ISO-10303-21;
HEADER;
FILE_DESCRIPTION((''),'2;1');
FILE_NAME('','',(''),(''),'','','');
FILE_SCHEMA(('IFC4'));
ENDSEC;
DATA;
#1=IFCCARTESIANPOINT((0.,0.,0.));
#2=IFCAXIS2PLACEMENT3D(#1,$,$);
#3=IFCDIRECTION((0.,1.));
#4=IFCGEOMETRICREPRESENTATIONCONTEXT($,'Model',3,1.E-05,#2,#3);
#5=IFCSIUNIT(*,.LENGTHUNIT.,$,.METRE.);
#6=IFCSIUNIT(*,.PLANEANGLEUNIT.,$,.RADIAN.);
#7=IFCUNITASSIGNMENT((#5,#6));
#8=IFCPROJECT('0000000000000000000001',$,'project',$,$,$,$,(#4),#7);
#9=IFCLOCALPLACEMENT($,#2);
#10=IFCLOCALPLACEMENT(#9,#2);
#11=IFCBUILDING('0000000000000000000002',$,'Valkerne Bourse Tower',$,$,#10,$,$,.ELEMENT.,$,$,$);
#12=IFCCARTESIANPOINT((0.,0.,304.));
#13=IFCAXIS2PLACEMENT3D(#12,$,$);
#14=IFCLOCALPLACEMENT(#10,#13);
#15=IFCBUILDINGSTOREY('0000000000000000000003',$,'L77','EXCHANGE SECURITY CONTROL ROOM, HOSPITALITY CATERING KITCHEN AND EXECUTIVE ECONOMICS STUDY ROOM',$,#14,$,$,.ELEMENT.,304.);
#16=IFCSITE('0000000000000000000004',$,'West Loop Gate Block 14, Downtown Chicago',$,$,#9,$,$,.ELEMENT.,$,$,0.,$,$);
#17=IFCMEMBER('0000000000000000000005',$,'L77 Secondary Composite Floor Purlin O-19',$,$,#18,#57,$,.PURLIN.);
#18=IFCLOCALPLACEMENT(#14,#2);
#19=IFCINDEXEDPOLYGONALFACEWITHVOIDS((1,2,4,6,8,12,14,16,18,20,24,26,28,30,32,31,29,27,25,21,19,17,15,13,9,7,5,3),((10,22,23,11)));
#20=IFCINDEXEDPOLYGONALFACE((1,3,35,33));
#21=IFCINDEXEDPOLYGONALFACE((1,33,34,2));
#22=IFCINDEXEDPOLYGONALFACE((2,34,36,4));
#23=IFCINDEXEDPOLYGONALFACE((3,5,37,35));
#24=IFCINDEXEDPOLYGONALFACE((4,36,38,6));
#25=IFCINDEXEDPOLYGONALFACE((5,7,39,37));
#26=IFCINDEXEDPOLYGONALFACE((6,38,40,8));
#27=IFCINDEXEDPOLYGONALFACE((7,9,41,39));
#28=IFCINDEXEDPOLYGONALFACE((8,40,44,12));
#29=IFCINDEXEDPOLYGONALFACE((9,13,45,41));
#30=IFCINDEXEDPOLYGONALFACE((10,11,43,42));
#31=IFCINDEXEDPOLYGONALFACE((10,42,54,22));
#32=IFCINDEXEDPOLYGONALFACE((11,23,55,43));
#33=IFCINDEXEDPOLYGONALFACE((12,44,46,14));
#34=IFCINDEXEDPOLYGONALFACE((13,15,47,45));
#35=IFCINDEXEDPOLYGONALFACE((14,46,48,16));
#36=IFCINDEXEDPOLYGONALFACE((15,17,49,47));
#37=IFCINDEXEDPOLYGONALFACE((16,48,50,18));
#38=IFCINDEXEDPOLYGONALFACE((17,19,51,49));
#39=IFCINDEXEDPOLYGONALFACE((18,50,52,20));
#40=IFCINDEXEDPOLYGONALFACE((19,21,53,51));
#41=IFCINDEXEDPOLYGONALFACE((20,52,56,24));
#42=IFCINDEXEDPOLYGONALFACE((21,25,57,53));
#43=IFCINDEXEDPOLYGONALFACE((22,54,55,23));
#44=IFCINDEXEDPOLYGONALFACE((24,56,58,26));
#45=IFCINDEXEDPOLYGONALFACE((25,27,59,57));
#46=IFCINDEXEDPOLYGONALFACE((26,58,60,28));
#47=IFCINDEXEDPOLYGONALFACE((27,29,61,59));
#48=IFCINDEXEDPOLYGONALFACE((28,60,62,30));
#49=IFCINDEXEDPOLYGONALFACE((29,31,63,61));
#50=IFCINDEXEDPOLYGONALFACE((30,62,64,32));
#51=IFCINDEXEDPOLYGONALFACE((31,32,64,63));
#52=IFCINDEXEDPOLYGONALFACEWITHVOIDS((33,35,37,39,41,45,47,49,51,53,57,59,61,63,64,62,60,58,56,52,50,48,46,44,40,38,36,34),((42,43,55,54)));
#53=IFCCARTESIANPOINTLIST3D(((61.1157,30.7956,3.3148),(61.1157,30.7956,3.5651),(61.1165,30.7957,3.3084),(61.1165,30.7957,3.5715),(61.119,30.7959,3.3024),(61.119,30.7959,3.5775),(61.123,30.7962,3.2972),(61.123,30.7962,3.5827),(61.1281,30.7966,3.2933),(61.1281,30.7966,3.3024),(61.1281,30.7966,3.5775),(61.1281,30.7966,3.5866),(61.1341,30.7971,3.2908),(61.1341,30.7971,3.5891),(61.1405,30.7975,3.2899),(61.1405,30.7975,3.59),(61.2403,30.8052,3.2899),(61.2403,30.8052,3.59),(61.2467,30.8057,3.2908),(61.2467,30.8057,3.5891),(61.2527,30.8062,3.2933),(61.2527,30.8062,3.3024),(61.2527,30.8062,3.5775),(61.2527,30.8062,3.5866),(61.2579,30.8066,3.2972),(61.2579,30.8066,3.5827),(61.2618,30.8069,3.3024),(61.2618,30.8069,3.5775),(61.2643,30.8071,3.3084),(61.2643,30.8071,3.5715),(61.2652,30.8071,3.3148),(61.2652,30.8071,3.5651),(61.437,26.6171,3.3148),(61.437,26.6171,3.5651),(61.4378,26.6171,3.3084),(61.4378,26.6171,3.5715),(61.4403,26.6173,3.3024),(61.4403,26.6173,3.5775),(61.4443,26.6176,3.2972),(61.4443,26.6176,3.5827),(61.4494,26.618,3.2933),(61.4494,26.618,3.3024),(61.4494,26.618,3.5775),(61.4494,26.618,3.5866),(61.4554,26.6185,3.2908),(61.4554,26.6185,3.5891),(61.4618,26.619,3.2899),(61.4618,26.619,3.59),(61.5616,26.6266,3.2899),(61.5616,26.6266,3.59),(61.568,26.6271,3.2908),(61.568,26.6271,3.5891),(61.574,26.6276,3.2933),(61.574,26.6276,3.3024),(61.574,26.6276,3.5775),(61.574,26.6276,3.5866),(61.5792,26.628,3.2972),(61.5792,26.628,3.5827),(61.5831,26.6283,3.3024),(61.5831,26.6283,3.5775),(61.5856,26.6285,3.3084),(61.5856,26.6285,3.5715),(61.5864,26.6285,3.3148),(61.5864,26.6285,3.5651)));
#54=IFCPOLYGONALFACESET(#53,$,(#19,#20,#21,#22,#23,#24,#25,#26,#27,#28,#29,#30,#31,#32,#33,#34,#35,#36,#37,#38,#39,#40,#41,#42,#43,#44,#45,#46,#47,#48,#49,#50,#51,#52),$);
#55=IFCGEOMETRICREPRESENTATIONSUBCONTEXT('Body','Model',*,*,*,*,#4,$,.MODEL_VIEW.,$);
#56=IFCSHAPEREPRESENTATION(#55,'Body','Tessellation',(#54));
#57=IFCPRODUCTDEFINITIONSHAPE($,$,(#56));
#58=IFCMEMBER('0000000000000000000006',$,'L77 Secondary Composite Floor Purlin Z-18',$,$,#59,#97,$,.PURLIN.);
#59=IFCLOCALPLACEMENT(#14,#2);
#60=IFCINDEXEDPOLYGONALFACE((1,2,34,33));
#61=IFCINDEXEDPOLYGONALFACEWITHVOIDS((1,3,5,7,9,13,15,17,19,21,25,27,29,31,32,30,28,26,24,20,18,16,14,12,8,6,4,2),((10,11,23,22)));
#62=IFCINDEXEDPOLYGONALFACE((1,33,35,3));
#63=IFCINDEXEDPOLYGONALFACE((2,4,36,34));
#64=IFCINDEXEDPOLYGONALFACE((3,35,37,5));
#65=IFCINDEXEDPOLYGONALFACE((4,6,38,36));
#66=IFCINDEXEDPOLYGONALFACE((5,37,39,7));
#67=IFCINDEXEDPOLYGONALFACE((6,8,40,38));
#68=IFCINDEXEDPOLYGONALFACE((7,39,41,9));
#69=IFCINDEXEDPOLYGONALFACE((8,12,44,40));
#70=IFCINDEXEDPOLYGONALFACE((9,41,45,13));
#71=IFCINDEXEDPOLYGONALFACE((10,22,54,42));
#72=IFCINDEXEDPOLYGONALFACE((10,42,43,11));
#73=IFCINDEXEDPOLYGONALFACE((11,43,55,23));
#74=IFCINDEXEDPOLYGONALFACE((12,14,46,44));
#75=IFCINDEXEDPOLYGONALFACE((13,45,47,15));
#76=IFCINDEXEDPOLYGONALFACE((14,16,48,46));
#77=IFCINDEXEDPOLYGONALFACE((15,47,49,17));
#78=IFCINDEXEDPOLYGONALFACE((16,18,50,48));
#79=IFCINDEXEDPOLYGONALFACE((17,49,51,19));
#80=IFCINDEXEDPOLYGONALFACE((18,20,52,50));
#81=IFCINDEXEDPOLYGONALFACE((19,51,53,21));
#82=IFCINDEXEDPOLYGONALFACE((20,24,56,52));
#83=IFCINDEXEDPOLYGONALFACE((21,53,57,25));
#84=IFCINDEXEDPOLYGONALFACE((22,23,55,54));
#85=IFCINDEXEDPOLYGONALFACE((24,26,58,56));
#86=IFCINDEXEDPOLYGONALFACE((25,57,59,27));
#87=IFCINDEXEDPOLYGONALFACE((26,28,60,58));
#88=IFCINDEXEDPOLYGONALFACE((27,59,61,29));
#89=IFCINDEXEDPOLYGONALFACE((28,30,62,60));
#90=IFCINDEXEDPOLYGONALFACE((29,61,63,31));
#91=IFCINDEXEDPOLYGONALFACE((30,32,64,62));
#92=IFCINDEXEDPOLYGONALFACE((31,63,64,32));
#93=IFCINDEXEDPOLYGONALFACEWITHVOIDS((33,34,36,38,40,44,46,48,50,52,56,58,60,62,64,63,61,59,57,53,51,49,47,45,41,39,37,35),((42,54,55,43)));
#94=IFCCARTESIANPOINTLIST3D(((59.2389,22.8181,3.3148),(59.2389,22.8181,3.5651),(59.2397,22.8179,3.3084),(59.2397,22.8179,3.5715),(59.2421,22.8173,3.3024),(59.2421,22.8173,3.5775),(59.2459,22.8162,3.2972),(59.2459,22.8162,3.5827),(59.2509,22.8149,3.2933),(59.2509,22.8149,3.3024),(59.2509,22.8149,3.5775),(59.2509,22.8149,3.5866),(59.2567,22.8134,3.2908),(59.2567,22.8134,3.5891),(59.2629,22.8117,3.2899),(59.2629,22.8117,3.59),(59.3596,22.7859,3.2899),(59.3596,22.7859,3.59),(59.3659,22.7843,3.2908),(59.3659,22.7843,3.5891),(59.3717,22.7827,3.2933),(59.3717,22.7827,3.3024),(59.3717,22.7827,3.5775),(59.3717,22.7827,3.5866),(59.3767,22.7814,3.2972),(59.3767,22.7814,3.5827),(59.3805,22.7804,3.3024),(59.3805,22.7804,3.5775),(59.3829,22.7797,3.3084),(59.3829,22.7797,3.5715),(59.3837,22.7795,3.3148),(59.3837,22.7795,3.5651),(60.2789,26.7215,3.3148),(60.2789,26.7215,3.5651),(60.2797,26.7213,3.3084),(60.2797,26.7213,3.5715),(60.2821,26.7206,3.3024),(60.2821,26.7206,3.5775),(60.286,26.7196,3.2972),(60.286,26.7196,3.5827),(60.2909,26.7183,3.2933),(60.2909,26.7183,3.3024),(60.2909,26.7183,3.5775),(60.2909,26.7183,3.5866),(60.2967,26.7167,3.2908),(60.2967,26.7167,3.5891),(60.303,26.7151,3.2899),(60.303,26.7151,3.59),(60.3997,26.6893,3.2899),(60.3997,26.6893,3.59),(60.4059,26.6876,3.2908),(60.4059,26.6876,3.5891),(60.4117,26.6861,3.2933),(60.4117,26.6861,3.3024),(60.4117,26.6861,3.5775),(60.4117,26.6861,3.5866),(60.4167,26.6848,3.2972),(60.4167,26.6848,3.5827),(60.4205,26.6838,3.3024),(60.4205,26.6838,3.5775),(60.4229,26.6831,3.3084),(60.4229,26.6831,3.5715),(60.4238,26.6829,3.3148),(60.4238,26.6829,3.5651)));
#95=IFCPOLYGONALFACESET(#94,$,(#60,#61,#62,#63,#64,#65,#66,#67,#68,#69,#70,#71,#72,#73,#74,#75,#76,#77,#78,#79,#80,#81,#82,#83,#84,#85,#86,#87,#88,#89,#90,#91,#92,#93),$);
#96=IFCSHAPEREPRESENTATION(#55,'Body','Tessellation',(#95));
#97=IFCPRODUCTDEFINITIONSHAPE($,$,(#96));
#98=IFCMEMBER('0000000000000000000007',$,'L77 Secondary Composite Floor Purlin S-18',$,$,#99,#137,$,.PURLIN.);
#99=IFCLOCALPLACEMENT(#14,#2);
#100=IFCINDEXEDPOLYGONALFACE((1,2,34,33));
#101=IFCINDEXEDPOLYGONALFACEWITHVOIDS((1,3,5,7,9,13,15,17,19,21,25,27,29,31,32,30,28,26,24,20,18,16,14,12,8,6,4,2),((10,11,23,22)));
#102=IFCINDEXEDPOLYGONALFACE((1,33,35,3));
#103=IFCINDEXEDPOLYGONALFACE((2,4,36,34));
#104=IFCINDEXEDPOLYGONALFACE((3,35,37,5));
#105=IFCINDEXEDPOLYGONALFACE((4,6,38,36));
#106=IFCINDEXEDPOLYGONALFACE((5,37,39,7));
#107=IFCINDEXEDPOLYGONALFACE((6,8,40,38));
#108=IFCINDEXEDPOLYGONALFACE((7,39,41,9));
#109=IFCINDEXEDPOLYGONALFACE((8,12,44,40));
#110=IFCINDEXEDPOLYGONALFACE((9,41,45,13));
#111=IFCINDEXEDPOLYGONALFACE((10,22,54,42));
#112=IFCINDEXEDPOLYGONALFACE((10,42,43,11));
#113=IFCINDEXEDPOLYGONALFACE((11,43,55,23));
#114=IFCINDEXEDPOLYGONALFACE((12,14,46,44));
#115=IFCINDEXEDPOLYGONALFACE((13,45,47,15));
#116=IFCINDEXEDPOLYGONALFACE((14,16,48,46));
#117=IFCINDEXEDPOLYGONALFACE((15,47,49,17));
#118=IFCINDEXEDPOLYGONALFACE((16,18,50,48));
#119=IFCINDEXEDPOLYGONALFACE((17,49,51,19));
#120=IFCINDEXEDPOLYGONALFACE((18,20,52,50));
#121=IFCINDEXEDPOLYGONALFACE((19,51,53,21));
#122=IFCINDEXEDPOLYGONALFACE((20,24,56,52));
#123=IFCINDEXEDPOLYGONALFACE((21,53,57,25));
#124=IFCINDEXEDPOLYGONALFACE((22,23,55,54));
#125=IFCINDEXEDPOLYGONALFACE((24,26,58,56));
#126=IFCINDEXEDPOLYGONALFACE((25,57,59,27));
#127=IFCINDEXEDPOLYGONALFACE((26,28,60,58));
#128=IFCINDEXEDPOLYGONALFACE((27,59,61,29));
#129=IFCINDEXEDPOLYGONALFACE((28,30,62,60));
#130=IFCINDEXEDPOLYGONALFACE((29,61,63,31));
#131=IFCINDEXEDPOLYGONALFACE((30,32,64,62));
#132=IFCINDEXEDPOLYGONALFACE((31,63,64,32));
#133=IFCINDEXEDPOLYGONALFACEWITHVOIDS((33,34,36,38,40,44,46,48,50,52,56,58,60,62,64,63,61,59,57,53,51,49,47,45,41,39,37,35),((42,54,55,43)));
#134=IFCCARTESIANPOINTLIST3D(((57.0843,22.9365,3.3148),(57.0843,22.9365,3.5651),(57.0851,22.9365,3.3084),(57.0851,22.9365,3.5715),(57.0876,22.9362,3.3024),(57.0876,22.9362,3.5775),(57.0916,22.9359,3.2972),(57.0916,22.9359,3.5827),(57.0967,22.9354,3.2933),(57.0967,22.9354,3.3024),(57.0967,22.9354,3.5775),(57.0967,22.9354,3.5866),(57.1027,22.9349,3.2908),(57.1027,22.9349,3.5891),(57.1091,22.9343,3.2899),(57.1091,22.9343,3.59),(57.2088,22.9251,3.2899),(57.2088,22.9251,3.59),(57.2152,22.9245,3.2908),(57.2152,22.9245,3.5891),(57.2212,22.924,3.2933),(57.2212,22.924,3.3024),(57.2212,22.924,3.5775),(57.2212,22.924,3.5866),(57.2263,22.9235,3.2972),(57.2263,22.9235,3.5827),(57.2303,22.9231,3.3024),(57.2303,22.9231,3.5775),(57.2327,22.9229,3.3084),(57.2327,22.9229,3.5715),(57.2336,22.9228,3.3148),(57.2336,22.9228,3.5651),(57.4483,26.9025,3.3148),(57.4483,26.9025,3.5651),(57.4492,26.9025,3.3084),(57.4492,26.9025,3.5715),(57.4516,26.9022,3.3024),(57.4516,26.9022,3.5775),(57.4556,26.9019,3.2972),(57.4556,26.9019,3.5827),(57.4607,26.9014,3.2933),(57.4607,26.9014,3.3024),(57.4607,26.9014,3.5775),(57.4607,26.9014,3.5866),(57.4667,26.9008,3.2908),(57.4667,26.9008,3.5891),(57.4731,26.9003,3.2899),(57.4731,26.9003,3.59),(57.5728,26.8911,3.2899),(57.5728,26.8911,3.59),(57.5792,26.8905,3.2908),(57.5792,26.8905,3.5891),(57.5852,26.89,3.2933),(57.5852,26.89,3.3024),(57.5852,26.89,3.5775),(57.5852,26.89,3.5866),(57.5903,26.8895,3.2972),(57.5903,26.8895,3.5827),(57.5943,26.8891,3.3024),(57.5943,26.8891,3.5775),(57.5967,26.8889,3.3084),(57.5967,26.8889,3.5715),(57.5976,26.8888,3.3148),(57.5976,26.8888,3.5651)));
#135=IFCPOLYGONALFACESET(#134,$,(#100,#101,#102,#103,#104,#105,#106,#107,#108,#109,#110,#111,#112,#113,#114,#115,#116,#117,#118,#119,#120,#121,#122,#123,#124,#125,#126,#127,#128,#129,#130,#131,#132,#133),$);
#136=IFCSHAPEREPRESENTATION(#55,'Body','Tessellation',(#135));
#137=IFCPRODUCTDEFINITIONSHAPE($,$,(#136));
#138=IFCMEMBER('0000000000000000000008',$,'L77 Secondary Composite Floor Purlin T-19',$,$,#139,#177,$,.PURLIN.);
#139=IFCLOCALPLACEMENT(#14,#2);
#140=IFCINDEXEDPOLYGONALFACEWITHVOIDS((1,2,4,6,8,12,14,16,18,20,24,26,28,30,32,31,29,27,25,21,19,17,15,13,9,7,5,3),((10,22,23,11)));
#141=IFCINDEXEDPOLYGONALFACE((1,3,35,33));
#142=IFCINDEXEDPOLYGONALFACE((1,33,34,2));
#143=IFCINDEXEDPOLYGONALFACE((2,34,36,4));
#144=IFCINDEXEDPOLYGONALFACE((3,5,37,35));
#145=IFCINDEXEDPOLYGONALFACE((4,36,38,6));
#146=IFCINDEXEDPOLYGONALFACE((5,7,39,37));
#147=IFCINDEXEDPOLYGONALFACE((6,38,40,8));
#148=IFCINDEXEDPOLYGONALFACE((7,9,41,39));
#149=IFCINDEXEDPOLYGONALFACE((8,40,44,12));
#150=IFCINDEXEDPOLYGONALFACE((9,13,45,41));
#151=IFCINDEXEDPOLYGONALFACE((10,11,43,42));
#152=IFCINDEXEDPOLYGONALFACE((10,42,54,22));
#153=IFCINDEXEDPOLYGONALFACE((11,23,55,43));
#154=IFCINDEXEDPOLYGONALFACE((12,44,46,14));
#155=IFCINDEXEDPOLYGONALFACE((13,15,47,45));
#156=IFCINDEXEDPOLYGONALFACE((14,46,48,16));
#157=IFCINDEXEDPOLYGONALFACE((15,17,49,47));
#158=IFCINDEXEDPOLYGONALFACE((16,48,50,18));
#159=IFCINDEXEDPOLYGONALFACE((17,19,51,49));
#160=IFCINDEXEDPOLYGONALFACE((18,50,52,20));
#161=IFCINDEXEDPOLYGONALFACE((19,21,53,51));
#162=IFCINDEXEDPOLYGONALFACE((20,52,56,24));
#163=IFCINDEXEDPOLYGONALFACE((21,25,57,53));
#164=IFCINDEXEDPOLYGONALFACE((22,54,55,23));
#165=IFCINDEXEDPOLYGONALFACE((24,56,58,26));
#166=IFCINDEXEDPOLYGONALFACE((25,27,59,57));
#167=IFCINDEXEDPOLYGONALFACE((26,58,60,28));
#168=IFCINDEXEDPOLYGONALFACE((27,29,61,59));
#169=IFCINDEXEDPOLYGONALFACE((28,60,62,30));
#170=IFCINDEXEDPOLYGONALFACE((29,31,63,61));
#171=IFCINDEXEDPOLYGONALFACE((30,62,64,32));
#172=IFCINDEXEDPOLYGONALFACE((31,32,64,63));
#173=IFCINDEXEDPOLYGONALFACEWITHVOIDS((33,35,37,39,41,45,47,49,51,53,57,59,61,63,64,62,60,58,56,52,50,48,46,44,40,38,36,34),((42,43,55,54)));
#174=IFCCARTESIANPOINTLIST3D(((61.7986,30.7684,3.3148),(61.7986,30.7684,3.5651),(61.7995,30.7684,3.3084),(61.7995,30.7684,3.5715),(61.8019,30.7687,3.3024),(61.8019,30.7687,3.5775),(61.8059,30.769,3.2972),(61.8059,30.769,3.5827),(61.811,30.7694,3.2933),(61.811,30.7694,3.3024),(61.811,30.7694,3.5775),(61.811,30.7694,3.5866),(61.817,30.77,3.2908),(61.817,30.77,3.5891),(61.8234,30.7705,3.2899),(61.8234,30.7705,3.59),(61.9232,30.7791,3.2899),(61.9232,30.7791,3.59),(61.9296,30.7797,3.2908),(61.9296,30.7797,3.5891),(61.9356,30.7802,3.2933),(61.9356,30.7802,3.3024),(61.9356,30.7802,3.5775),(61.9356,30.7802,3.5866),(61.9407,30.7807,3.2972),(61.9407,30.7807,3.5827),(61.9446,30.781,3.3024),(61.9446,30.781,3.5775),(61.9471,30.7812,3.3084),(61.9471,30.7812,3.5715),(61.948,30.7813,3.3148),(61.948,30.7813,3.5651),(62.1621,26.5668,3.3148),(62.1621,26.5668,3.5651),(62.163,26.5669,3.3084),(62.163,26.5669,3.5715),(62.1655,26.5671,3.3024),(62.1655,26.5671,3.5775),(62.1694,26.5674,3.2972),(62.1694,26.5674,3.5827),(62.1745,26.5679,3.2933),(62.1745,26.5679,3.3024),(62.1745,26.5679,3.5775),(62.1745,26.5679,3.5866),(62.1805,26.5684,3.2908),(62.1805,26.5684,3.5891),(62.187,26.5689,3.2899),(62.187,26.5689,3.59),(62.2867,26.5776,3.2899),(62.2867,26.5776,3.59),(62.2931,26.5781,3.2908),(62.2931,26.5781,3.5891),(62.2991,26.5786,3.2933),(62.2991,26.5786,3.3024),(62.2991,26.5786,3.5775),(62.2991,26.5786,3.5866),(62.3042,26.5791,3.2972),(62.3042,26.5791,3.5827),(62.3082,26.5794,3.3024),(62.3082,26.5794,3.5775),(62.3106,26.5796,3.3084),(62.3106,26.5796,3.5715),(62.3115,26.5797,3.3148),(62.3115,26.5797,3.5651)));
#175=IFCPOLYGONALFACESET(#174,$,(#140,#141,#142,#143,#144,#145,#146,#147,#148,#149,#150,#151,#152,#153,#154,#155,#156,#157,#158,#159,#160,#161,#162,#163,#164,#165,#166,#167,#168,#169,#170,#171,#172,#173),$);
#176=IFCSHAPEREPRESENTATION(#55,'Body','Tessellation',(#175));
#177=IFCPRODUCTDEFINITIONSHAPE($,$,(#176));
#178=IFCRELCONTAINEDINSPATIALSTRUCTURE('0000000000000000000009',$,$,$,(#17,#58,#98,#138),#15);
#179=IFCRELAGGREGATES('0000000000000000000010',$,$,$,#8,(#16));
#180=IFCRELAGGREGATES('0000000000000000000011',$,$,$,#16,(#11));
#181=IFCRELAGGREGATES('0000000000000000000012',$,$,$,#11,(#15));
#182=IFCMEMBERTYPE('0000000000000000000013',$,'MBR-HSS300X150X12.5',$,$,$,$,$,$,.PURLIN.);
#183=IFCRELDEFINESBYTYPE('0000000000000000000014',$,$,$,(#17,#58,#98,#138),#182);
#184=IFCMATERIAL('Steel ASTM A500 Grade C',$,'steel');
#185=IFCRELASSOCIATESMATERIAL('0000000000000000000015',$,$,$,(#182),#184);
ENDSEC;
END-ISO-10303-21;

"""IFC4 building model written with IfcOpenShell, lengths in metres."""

from ifc_helpers import new_model, si_unit, direction, frame, origin, origin_2d, place, context, subcontext, project, spatial, hollow_rectangle, extrude, material, material_profile, profile_set, type_object, element, save


model = new_model("IFC4")

# Units and contexts
model_context = context("Model", 3, precision=1e-05, world=origin(), true_north=direction((0.0, 1.0)))
body_context = subcontext(model_context, "Body", "Model", "MODEL_VIEW")
ifc_project = project(units=[si_unit("LENGTHUNIT", "METRE"), si_unit("PLANEANGLEUNIT", "RADIAN")], contexts=[model_context])

# Site, building, storey
site_placement = place(None, origin())
site = spatial("IfcSite", under=ifc_project, at=site_placement, Name="West Loop Gate Block 14, Downtown Chicago", CompositionType="ELEMENT", RefElevation=0.0)
building_placement = place(site_placement, origin())
building = spatial("IfcBuilding", under=site, at=building_placement, Name="Valkerne Bourse Tower", CompositionType="ELEMENT")
storey_placement = place(building_placement, frame((0.0, 0.0, 304.0)))
storey = spatial("IfcBuildingStorey", under=building, at=storey_placement, Name="L77", Description="EXCHANGE SECURITY CONTROL ROOM, HOSPITALITY CATERING KITCHEN AND EXECUTIVE ECONOMICS STUDY ROOM", CompositionType="ELEMENT", Elevation=304.0)

# Shared definitions
ifc_material_1 = material(Name="Steel ASTM A500 Grade C", Category="steel")

# Members
ifc_material_profile_1 = material_profile(ifc_material_1, hollow_rectangle(XDim=0.1499, YDim=0.3, WallThickness=0.0125, OuterFilletRadius=0.0249, at=origin_2d()), Name="HSS300X150X12.5")
ifc_profile_set_1 = profile_set([ifc_material_profile_1], Name="Steel ASTM A500 Grade C")
member_type_1 = type_object("IfcMemberType", Name="MBR-HSS300X150X12.5", PredefinedType="PURLIN", material=ifc_profile_set_1)
member_1_placement = place(storey_placement, frame((61.5117, 26.6228, 3.4399), z_axis=(-0.076665, 0.997057, 0.0), x_axis=(-0.997057, -0.076665, 0.0)))
element("IfcMember", 1, at=member_1_placement, inside=storey, type_object=member_type_1, Name="L77 Secondary Composite Floor Purlin O-19", PredefinedType="PURLIN", context=body_context, shape_type="SweptSolid", body=[
    extrude(hollow_rectangle(XDim=0.1499, YDim=0.3, WallThickness=0.0125, OuterFilletRadius=0.0249, at=origin_2d()), origin(), (0.0, 0.0, 1.0), 4.1909),
])
member_2_placement = place(storey_placement, frame((59.3113, 22.7988, 3.4399), z_axis=(0.257467, 0.966287, 0.0), x_axis=(-0.966287, 0.257467, 0.0)))
element("IfcMember", 2, at=member_2_placement, inside=storey, type_object=member_type_1, Name="L77 Secondary Composite Floor Purlin Z-18", PredefinedType="PURLIN", context=body_context, shape_type="SweptSolid", body=[
    extrude(hollow_rectangle(XDim=0.1499, YDim=0.3, WallThickness=0.0125, OuterFilletRadius=0.0249, at=origin_2d()), origin(), (0.0, 0.0, 1.0), 4.0396),
])
member_3_placement = place(storey_placement, frame((57.1589, 22.9297, 3.4399), z_axis=(0.091398, 0.995814, 0.0), x_axis=(-0.995814, 0.091398, 0.0)))
element("IfcMember", 3, at=member_3_placement, inside=storey, type_object=member_type_1, Name="L77 Secondary Composite Floor Purlin S-18", PredefinedType="PURLIN", context=body_context, shape_type="SweptSolid", body=[
    extrude(hollow_rectangle(XDim=0.1499, YDim=0.3, WallThickness=0.0125, OuterFilletRadius=0.0249, at=origin_2d()), origin(), (0.0, 0.0, 1.0), 3.9827),
])
member_4_placement = place(storey_placement, frame((62.2368, 26.5732, 3.4399), z_axis=(-0.086197, 0.996278, 0.0), x_axis=(-0.996278, -0.086197, 0.0)))
element("IfcMember", 4, at=member_4_placement, inside=storey, type_object=member_type_1, Name="L77 Secondary Composite Floor Purlin T-19", PredefinedType="PURLIN", context=body_context, shape_type="SweptSolid", body=[
    extrude(hollow_rectangle(XDim=0.1499, YDim=0.3, WallThickness=0.0125, OuterFilletRadius=0.0249, at=origin_2d()), origin(), (0.0, 0.0, 1.0), 4.2173),
])

save(model, "model.ifc")
